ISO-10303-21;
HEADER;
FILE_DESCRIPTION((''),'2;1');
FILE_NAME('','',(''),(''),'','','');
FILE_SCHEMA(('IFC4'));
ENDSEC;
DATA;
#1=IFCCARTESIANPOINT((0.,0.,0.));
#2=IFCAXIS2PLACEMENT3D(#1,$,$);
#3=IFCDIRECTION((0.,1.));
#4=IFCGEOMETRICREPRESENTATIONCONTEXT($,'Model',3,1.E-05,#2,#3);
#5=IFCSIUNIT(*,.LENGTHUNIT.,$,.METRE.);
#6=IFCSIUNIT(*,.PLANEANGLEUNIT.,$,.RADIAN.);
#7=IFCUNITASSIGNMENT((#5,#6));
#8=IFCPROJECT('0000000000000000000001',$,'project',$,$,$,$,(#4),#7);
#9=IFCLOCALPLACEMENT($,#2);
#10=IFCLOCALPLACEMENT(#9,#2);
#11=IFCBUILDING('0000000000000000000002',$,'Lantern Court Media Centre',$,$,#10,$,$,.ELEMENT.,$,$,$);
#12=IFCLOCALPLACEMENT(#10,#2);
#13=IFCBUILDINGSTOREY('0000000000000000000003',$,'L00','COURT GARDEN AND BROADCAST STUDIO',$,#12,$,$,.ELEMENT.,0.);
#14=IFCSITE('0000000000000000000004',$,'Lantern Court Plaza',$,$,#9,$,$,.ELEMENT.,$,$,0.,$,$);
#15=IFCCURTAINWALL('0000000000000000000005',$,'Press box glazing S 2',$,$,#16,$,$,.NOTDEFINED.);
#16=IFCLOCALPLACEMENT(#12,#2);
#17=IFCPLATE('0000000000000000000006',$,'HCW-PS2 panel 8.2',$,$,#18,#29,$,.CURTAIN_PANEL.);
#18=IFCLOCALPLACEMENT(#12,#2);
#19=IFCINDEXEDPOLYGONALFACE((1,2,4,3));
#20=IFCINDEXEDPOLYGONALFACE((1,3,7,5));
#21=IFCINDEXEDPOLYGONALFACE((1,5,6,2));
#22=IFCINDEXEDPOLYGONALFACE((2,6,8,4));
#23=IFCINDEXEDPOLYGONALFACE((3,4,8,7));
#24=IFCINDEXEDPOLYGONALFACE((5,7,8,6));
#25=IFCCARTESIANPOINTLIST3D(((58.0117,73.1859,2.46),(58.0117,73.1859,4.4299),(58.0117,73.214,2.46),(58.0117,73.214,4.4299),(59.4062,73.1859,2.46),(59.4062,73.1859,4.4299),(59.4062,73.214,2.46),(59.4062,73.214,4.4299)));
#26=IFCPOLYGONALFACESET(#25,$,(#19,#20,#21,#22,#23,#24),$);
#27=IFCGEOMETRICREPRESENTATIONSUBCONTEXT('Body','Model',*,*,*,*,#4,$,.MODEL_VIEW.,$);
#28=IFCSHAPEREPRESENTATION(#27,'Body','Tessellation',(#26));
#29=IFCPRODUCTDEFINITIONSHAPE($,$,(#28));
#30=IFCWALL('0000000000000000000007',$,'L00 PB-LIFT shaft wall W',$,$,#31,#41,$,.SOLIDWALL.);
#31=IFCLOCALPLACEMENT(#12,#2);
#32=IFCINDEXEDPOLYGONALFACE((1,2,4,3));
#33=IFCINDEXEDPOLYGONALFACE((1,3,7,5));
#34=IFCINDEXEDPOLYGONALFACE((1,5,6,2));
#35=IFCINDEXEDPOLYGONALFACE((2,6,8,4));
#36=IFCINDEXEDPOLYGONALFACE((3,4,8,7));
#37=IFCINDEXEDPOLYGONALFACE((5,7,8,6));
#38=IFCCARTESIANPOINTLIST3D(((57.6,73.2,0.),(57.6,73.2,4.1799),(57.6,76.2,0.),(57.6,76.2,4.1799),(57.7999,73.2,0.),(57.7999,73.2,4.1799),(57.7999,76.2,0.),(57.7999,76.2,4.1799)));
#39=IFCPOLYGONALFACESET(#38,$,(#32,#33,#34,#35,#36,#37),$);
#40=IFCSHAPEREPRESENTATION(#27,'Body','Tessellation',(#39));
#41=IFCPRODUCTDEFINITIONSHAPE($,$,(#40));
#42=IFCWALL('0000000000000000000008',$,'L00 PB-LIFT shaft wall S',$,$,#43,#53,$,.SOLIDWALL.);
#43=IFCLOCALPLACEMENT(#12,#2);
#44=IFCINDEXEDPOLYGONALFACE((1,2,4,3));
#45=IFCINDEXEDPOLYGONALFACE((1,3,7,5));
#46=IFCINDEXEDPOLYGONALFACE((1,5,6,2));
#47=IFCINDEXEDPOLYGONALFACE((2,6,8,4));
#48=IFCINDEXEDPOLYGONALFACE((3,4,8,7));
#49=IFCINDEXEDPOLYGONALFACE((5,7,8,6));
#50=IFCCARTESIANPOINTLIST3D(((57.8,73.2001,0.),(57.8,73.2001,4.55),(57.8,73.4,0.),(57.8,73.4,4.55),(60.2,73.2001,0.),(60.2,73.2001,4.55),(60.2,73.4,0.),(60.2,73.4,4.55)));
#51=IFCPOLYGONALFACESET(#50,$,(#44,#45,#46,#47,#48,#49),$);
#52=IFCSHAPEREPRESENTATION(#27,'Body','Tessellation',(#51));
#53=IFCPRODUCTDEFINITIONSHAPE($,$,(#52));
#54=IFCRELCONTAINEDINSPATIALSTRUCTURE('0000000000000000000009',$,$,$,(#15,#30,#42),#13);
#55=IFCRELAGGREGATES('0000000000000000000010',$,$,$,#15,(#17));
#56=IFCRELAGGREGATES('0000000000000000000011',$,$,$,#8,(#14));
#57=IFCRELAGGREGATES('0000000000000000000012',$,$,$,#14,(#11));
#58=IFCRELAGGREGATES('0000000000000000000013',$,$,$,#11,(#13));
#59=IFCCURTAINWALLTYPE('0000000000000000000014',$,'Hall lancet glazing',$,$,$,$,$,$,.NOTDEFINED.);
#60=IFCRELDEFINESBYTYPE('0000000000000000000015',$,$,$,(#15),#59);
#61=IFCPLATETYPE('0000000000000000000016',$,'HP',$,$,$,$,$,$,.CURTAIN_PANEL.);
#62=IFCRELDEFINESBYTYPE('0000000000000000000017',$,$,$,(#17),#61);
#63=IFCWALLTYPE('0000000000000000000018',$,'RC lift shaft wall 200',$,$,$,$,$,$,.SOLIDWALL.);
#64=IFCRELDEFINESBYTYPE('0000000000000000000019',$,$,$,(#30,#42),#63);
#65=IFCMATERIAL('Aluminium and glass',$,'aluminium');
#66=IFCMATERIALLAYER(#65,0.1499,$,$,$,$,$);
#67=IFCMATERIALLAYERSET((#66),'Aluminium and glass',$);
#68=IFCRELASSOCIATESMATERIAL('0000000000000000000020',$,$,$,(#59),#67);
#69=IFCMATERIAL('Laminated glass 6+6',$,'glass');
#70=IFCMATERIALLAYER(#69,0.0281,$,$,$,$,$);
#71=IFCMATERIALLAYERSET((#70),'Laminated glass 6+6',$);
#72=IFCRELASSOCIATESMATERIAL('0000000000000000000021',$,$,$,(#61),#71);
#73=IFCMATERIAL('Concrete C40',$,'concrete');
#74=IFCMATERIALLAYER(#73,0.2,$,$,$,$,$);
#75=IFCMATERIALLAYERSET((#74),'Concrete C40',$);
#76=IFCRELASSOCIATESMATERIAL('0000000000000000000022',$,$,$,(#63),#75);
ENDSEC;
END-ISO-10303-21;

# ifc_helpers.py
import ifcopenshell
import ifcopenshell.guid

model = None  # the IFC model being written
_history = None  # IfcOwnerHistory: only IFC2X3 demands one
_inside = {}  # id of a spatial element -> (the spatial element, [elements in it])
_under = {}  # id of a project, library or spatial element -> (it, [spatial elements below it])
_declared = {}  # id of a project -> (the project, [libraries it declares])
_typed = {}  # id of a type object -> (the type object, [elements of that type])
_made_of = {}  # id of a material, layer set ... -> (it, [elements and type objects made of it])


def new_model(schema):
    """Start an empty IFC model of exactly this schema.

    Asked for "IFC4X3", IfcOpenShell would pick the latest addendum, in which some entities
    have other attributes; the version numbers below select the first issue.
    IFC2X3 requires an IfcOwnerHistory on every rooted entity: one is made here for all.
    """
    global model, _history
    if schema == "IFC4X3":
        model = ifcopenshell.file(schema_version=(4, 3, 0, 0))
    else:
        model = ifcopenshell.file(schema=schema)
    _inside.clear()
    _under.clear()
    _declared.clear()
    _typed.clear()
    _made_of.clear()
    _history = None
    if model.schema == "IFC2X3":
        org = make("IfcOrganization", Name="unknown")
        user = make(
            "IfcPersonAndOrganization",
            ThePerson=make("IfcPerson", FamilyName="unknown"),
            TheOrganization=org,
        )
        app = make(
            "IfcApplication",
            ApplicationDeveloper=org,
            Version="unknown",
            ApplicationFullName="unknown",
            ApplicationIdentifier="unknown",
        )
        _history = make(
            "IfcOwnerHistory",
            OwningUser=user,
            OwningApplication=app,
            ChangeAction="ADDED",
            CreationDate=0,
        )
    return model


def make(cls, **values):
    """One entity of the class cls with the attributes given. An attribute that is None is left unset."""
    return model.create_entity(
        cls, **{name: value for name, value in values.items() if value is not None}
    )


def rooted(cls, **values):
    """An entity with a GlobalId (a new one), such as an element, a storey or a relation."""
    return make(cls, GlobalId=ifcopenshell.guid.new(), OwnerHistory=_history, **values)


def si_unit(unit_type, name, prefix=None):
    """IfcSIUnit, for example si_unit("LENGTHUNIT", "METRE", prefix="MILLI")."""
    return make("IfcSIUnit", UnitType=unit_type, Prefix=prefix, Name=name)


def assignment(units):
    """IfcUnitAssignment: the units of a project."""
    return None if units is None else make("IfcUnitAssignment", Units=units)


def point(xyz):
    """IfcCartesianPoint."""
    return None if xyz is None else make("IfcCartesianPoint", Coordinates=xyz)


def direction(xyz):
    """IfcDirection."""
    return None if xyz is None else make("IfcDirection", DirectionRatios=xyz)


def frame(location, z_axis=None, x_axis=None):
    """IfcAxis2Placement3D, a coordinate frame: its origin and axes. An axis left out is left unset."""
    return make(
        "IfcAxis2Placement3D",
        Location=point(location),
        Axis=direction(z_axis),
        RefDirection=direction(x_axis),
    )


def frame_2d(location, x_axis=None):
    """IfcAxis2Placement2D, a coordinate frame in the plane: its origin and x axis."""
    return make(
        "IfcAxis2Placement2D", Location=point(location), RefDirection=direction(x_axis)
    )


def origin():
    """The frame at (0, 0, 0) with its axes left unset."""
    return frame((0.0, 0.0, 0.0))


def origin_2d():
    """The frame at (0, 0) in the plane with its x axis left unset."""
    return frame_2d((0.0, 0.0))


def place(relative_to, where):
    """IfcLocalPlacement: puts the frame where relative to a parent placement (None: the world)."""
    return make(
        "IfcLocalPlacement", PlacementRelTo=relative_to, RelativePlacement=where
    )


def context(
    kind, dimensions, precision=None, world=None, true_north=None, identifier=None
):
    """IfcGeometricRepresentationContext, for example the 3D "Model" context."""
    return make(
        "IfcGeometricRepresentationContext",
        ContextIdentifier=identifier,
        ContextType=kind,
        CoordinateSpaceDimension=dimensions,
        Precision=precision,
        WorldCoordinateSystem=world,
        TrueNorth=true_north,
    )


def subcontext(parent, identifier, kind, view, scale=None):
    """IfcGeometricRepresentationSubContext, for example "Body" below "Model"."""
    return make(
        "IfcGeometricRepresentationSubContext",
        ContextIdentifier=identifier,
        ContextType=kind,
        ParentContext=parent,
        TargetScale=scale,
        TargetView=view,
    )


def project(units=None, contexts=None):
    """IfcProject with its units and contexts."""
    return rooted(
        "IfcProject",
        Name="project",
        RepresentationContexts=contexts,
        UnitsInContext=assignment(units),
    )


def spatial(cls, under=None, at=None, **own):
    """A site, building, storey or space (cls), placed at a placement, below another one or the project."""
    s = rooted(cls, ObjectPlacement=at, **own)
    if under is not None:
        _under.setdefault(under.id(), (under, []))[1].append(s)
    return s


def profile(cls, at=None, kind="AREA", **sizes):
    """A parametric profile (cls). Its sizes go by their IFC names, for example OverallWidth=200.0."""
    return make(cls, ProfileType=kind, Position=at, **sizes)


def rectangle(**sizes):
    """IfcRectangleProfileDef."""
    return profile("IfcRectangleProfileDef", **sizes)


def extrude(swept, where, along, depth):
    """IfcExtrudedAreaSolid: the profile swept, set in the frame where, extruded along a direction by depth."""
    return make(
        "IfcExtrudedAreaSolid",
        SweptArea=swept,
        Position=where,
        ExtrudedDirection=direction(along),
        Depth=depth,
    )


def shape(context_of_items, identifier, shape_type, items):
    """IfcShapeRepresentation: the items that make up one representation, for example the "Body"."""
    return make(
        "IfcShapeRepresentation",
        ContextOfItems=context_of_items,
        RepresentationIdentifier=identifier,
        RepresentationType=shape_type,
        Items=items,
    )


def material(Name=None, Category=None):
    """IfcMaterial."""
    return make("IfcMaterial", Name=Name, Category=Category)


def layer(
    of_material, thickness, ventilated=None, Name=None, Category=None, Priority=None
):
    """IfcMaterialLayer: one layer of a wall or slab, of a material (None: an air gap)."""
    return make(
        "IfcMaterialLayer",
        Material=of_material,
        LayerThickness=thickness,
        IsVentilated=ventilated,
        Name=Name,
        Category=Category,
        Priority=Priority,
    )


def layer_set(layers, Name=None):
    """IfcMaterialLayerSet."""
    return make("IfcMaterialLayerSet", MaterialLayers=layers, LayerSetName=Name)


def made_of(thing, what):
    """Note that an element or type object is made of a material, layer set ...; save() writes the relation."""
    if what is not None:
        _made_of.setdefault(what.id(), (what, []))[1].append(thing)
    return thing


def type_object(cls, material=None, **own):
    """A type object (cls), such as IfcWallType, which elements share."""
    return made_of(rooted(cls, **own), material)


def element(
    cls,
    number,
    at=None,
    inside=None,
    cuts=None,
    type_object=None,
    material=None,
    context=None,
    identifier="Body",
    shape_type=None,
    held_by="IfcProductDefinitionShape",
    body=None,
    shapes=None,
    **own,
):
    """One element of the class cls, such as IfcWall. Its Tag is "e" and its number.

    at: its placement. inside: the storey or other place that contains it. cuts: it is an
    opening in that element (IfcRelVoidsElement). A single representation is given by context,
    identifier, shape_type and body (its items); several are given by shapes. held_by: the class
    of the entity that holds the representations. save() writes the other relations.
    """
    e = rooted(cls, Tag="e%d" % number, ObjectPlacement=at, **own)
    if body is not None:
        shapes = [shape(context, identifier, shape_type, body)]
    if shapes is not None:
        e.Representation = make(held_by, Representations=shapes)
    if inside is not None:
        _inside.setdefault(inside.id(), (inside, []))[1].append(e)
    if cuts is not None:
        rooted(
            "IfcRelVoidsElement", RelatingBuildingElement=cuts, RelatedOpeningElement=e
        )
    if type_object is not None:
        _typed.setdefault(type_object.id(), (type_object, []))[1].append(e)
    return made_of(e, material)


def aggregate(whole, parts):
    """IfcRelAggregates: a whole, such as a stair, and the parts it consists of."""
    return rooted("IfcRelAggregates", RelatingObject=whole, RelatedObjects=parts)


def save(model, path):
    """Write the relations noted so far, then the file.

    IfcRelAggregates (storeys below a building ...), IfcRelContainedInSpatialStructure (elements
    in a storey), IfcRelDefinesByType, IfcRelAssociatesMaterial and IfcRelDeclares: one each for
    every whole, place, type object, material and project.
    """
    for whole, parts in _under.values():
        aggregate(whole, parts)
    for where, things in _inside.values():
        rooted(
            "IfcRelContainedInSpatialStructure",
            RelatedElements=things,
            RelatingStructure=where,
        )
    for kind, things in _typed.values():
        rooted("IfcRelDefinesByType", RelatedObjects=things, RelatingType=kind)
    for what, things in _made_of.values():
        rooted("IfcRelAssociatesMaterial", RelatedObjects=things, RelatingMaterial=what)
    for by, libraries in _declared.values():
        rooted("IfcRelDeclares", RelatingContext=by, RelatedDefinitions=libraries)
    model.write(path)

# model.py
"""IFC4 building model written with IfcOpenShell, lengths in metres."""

from ifc_helpers import new_model, si_unit, direction, frame, frame_2d, origin, origin_2d, place, context, subcontext, project, spatial, rectangle, extrude, material, layer, layer_set, type_object, element, aggregate, save


model = new_model("IFC4")

# Units and contexts
model_context = context("Model", 3, precision=1e-05, world=origin(), true_north=direction((0.0, 1.0)))
body_context = subcontext(model_context, "Body", "Model", "MODEL_VIEW")
ifc_project = project(units=[si_unit("LENGTHUNIT", "METRE"), si_unit("PLANEANGLEUNIT", "RADIAN")], contexts=[model_context])

# Site, building, storey
site_placement = place(None, origin())
site = spatial("IfcSite", under=ifc_project, at=site_placement, Name="Lantern Court Plaza", CompositionType="ELEMENT", RefElevation=0.0)
building_placement = place(site_placement, origin())
building = spatial("IfcBuilding", under=site, at=building_placement, Name="Lantern Court Media Centre", CompositionType="ELEMENT")
storey_placement = place(building_placement, origin())
storey = spatial("IfcBuildingStorey", under=building, at=storey_placement, Name="L00", Description="COURT GARDEN AND BROADCAST STUDIO", CompositionType="ELEMENT", Elevation=0.0)

# Curtain wall, plate
ifc_material_1 = material(Name="Aluminium and glass", Category="aluminium")
ifc_layer_1 = layer(ifc_material_1, 0.1499)
ifc_layer_set_1 = layer_set([ifc_layer_1], Name="Aluminium and glass")
curtain_wall_type = type_object("IfcCurtainWallType", Name="Hall lancet glazing", PredefinedType="NOTDEFINED", material=ifc_layer_set_1)
curtain_wall_placement = place(storey_placement, origin())
curtain_wall = element("IfcCurtainWall", 1, at=curtain_wall_placement, inside=storey, type_object=curtain_wall_type, Name="Press box glazing S 2", PredefinedType="NOTDEFINED")
ifc_material_2 = material(Name="Laminated glass 6+6", Category="glass")
ifc_layer_2 = layer(ifc_material_2, 0.0281)
ifc_layer_set_2 = layer_set([ifc_layer_2], Name="Laminated glass 6+6")
plate_type = type_object("IfcPlateType", Name="HP", PredefinedType="CURTAIN_PANEL", material=ifc_layer_set_2)
plate_1_placement = place(storey_placement, frame((58.709, 73.2, 2.46), z_axis=(0.0, 0.0, 1.0), x_axis=(1.0, 0.0, 0.0)))
plate_1 = element("IfcPlate", 2, at=plate_1_placement, type_object=plate_type, Name="HCW-PS2 panel 8.2", PredefinedType="CURTAIN_PANEL", context=body_context, shape_type="SweptSolid", body=[
    extrude(rectangle(XDim=1.3945, YDim=0.0281, at=origin_2d()), origin(), (0.0, 0.0, 1.0), 1.97),
])
aggregate(curtain_wall, [plate_1])

# Walls
ifc_material_3 = material(Name="Concrete C40", Category="concrete")
ifc_layer_3 = layer(ifc_material_3, 0.2)
ifc_layer_set_3 = layer_set([ifc_layer_3], Name="Concrete C40")
wall_type = type_object("IfcWallType", Name="RC lift shaft wall 200", PredefinedType="SOLIDWALL", material=ifc_layer_set_3)
wall_1_placement = place(storey_placement, frame((57.7, 73.2, 0.0), z_axis=(0.0, 0.0, 1.0), x_axis=(0.0, 1.0, 0.0)))
element("IfcWall", 3, at=wall_1_placement, inside=storey, type_object=wall_type, Name="L00 PB-LIFT shaft wall W", PredefinedType="SOLIDWALL", context=body_context, shape_type="SweptSolid", body=[
    extrude(rectangle(XDim=3.0, YDim=0.2, at=frame_2d((1.5, 0.0))), origin(), (0.0, 0.0, 1.0), 4.1799),
])
wall_2_placement = place(storey_placement, frame((57.8, 73.3, 0.0), z_axis=(0.0, 0.0, 1.0), x_axis=(1.0, 0.0, 0.0)))
element("IfcWall", 4, at=wall_2_placement, inside=storey, type_object=wall_type, Name="L00 PB-LIFT shaft wall S", PredefinedType="SOLIDWALL", context=body_context, shape_type="SweptSolid", body=[
    extrude(rectangle(XDim=2.3999, YDim=0.2, at=frame_2d((1.2, 0.0))), origin(), (0.0, 0.0, 1.0), 4.55),
])

save(model, "model.ifc")
